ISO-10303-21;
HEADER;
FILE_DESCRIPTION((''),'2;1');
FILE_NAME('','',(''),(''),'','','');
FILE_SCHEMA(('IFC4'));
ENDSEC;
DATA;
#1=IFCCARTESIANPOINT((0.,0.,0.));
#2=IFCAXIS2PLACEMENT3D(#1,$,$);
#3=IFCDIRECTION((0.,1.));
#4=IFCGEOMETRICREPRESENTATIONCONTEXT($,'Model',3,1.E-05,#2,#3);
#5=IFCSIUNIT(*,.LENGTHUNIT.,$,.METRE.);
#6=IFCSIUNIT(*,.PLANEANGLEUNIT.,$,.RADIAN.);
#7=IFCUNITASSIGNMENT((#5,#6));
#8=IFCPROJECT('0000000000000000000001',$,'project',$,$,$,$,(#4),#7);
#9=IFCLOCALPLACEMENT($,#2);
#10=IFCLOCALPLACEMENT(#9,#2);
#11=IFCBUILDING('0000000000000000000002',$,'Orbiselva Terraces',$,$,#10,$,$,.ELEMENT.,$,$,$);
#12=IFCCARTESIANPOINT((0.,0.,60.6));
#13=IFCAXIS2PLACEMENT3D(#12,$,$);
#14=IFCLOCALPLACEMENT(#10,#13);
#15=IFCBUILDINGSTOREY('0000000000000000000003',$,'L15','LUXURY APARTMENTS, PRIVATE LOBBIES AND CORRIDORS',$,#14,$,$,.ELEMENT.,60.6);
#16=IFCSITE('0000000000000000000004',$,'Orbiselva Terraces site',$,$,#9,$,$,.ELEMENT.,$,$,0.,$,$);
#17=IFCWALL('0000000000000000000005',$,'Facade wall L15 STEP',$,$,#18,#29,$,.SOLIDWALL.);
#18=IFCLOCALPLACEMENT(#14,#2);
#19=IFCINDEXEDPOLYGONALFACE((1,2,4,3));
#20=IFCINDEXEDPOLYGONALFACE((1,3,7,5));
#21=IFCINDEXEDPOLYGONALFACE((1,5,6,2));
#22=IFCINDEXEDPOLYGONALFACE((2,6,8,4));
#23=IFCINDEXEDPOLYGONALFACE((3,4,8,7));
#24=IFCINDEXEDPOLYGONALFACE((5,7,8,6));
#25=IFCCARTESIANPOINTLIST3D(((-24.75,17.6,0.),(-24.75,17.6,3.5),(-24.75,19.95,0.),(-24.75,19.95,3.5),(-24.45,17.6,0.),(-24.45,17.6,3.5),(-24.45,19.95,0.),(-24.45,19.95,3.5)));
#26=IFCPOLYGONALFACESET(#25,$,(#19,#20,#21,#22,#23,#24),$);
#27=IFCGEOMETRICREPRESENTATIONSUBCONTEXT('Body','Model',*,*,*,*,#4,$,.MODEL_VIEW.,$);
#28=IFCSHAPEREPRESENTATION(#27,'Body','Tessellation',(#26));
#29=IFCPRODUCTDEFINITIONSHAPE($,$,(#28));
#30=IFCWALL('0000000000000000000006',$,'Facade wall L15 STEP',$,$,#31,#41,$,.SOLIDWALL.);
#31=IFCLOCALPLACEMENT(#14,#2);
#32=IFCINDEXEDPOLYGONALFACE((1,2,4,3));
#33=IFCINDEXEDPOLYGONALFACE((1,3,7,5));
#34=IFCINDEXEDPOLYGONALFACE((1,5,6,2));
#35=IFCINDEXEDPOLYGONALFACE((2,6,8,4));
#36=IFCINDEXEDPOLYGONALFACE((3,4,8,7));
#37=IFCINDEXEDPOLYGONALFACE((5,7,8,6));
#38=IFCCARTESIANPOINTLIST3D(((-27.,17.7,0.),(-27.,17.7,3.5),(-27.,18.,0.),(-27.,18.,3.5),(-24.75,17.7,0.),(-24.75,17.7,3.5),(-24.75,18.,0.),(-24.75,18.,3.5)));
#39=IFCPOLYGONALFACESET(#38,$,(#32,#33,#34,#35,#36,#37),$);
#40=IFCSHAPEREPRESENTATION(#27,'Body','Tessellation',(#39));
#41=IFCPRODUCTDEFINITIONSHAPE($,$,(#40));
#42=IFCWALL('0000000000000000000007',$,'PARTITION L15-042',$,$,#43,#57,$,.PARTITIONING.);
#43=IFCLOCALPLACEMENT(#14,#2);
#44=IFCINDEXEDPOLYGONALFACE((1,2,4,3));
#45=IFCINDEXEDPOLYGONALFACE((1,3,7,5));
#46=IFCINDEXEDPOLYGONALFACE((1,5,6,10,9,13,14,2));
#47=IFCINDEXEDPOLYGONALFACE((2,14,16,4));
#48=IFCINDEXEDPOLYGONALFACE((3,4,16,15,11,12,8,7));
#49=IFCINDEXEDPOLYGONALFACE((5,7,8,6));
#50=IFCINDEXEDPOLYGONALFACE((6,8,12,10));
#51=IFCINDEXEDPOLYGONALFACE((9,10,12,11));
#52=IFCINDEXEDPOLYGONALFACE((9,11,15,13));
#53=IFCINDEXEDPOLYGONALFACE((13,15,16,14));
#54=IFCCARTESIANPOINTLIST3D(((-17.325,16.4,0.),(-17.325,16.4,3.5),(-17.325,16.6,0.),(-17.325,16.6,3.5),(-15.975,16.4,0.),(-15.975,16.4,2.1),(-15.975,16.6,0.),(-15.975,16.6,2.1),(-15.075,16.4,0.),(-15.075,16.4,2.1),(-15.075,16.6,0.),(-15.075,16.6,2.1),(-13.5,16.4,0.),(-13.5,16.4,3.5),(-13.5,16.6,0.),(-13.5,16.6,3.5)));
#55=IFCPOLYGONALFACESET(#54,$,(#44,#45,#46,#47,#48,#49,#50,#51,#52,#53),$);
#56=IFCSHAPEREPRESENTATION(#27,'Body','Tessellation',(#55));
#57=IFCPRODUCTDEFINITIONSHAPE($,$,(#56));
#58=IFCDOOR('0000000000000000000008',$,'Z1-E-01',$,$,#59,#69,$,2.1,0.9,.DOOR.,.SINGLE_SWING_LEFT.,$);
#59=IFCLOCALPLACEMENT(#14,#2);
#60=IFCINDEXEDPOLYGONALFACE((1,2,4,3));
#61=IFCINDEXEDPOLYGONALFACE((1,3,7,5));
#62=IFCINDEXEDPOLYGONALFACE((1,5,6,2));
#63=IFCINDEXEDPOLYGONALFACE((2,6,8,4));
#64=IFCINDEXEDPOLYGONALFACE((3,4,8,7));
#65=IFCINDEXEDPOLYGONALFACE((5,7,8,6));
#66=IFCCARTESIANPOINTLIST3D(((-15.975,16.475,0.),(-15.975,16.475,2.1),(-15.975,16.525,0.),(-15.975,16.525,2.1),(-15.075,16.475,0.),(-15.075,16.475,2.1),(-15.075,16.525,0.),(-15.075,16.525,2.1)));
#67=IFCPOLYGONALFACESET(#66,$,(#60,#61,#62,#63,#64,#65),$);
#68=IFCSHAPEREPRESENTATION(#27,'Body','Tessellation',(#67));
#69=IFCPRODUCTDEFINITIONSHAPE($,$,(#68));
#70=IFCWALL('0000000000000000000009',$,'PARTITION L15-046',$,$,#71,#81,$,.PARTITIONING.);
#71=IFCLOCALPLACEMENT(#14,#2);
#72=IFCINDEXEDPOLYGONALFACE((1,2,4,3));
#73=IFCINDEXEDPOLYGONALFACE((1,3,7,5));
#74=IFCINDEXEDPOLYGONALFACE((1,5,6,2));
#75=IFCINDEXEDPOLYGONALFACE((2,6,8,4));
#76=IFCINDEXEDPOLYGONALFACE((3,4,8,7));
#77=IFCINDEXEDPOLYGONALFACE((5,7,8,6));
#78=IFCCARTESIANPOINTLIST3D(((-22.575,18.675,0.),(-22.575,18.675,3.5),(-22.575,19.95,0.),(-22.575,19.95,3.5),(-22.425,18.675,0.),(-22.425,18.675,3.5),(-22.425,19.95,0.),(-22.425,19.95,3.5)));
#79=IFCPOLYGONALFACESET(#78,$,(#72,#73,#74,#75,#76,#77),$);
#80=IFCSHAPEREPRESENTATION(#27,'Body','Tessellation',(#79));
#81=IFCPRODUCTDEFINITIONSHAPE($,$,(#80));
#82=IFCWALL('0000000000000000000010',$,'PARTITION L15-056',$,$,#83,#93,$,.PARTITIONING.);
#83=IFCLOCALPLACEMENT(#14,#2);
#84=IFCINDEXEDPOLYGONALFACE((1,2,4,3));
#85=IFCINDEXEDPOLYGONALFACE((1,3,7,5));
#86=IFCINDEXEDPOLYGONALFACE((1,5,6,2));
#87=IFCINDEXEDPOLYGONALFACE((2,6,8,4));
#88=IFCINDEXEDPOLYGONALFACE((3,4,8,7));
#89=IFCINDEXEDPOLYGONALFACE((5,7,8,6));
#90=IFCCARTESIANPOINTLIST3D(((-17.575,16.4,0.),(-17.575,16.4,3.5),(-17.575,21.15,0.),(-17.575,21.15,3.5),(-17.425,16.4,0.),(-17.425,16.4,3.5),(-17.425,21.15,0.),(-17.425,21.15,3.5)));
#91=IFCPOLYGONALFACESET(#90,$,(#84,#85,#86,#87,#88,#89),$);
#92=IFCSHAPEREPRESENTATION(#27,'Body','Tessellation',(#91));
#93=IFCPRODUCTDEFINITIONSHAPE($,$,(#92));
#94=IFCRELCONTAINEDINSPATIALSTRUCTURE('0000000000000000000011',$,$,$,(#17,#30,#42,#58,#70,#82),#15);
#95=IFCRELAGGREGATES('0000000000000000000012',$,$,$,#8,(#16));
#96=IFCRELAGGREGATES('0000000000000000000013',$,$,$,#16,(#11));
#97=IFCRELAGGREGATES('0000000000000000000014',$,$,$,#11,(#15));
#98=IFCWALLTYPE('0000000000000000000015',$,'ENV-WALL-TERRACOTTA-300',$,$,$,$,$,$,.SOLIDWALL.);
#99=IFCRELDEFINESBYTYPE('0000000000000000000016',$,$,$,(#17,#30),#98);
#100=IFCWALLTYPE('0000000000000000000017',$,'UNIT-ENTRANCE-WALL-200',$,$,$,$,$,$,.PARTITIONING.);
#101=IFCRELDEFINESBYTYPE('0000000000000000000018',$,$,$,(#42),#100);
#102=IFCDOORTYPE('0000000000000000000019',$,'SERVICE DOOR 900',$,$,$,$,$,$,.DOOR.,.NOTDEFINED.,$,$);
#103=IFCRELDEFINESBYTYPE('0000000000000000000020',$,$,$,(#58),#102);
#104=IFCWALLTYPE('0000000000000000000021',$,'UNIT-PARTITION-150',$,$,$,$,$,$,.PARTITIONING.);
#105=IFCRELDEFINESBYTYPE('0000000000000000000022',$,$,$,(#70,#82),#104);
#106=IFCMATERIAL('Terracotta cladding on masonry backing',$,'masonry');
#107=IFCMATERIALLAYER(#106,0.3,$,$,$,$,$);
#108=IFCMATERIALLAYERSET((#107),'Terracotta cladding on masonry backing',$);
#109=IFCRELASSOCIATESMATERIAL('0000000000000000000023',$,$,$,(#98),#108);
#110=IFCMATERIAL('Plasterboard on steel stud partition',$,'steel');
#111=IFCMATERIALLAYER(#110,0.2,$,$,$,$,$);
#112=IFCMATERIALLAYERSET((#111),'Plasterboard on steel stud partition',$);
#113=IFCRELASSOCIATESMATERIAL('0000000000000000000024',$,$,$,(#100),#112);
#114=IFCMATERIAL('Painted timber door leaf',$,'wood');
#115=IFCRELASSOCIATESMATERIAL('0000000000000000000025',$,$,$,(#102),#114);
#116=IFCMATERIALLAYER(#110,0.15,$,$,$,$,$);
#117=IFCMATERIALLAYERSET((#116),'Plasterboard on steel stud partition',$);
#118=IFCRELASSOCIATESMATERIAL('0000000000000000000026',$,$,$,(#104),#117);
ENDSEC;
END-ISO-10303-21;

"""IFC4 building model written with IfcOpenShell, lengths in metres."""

from ifc_helpers import new_model, si_unit, direction, frame, frame_2d, origin, place, context, subcontext, project, spatial, rectangle, extrude, material, layer, layer_set, type_object, element, fill, save


model = new_model("IFC4")

# Units and contexts
model_context = context("Model", 3, precision=1e-05, world=origin(), true_north=direction((0.0, 1.0)))
body_context = subcontext(model_context, "Body", "Model", "MODEL_VIEW")
ifc_project = project(units=[si_unit("LENGTHUNIT", "METRE"), si_unit("PLANEANGLEUNIT", "RADIAN")], contexts=[model_context])

# Site, building, storey
site_placement = place(None, origin())
site = spatial("IfcSite", under=ifc_project, at=site_placement, Name="Orbiselva Terraces site", CompositionType="ELEMENT", RefElevation=0.0)
building_placement = place(site_placement, origin())
building = spatial("IfcBuilding", under=site, at=building_placement, Name="Orbiselva Terraces", CompositionType="ELEMENT")
storey_placement = place(building_placement, frame((0.0, 0.0, 60.6)))
storey = spatial("IfcBuildingStorey", under=building, at=storey_placement, Name="L15", Description="LUXURY APARTMENTS, PRIVATE LOBBIES AND CORRIDORS", CompositionType="ELEMENT", Elevation=60.6)

# Shared definitions
ifc_material_1 = material(Name="Terracotta cladding on masonry backing", Category="masonry")
ifc_layer_1 = layer(ifc_material_1, 0.3)
ifc_layer_set_1 = layer_set([ifc_layer_1], Name="Terracotta cladding on masonry backing")
wall_type_1 = type_object("IfcWallType", Name="ENV-WALL-TERRACOTTA-300", PredefinedType="SOLIDWALL", material=ifc_layer_set_1)

# Walls
wall_1_placement = place(storey_placement, frame((-24.6, 17.6, 0.0), z_axis=(0.0, 0.0, 1.0), x_axis=(0.0, 1.0, 0.0)))
element("IfcWall", 1, at=wall_1_placement, inside=storey, type_object=wall_type_1, Name="Facade wall L15 STEP", PredefinedType="SOLIDWALL", context=body_context, shape_type="SweptSolid", body=[
    extrude(rectangle(XDim=2.35, YDim=0.3, at=frame_2d((1.175, 0.0))), origin(), (0.0, 0.0, 1.0), 3.5),
])
wall_2_placement = place(storey_placement, frame((-27.0, 17.85, 0.0), z_axis=(0.0, 0.0, 1.0), x_axis=(1.0, 0.0, 0.0)))
element("IfcWall", 2, at=wall_2_placement, inside=storey, type_object=wall_type_1, Name="Facade wall L15 STEP", PredefinedType="SOLIDWALL", context=body_context, shape_type="SweptSolid", body=[
    extrude(rectangle(XDim=2.25, YDim=0.3, at=frame_2d((1.125, 0.0))), origin(), (0.0, 0.0, 1.0), 3.5),
])

# Wall, opening, door
ifc_material_2 = material(Name="Plasterboard on steel stud partition", Category="steel")
ifc_layer_2 = layer(ifc_material_2, 0.2)
ifc_layer_set_2 = layer_set([ifc_layer_2], Name="Plasterboard on steel stud partition")
wall_type_2 = type_object("IfcWallType", Name="UNIT-ENTRANCE-WALL-200", PredefinedType="PARTITIONING", material=ifc_layer_set_2)
wall_3_placement = place(storey_placement, frame((-17.325, 16.5, 0.0), z_axis=(0.0, 0.0, 1.0), x_axis=(1.0, 0.0, 0.0)))
wall_3 = element("IfcWall", 3, at=wall_3_placement, inside=storey, type_object=wall_type_2, Name="PARTITION L15-042", PredefinedType="PARTITIONING", context=body_context, shape_type="SweptSolid", body=[
    extrude(rectangle(XDim=3.825, YDim=0.2, at=frame_2d((1.9125, 0.0))), origin(), (0.0, 0.0, 1.0), 3.5),
])
opening_1_placement = place(wall_3_placement, frame((1.35, 0.0, 0.0)))
opening_1 = element("IfcOpeningElement", 4, at=opening_1_placement, cuts=wall_3, PredefinedType="OPENING", context=body_context, shape_type="SweptSolid", body=[
    extrude(rectangle(XDim=0.9, YDim=2.1, at=frame_2d((0.45, 1.05))), frame((0.0, 0.11, 0.0), z_axis=(0.0, -1.0, 0.0), x_axis=(1.0, 0.0, 0.0)), (0.0, 0.0, 1.0), 0.22),
])
ifc_material_3 = material(Name="Painted timber door leaf", Category="wood")
door_type_1 = type_object("IfcDoorType", Name="SERVICE DOOR 900", OperationType="NOTDEFINED", PredefinedType="DOOR", material=ifc_material_3)
door_1_placement = place(opening_1_placement, origin())
door_1 = element("IfcDoor", 5, at=door_1_placement, inside=storey, type_object=door_type_1, Name="Z1-E-01", OperationType="SINGLE_SWING_LEFT", OverallHeight=2.1, OverallWidth=0.9, PredefinedType="DOOR", context=body_context, shape_type="SweptSolid", body=[
    extrude(rectangle(XDim=0.9, YDim=2.1, at=frame_2d((0.45, 1.05))), frame((0.0, 0.025, 0.0), z_axis=(0.0, -1.0, 0.0), x_axis=(1.0, 0.0, 0.0)), (0.0, 0.0, 1.0), 0.05),
])
fill(opening_1, door_1)

# Walls
ifc_layer_3 = layer(ifc_material_2, 0.15)
ifc_layer_set_3 = layer_set([ifc_layer_3], Name="Plasterboard on steel stud partition")
wall_type_3 = type_object("IfcWallType", Name="UNIT-PARTITION-150", PredefinedType="PARTITIONING", material=ifc_layer_set_3)
wall_4_placement = place(storey_placement, frame((-22.5, 18.675, 0.0), z_axis=(0.0, 0.0, 1.0), x_axis=(0.0, 1.0, 0.0)))
element("IfcWall", 6, at=wall_4_placement, inside=storey, type_object=wall_type_3, Name="PARTITION L15-046", PredefinedType="PARTITIONING", context=body_context, shape_type="SweptSolid", body=[
    extrude(rectangle(XDim=1.275, YDim=0.15, at=frame_2d((0.6375, 0.0))), origin(), (0.0, 0.0, 1.0), 3.5),
])
wall_5_placement = place(storey_placement, frame((-17.5, 16.4, 0.0), z_axis=(0.0, 0.0, 1.0), x_axis=(0.0, 1.0, 0.0)))
element("IfcWall", 7, at=wall_5_placement, inside=storey, type_object=wall_type_3, Name="PARTITION L15-056", PredefinedType="PARTITIONING", context=body_context, shape_type="SweptSolid", body=[
    extrude(rectangle(XDim=4.75, YDim=0.15, at=frame_2d((2.375, 0.0))), origin(), (0.0, 0.0, 1.0), 3.5),
])

save(model, "model.ifc")
